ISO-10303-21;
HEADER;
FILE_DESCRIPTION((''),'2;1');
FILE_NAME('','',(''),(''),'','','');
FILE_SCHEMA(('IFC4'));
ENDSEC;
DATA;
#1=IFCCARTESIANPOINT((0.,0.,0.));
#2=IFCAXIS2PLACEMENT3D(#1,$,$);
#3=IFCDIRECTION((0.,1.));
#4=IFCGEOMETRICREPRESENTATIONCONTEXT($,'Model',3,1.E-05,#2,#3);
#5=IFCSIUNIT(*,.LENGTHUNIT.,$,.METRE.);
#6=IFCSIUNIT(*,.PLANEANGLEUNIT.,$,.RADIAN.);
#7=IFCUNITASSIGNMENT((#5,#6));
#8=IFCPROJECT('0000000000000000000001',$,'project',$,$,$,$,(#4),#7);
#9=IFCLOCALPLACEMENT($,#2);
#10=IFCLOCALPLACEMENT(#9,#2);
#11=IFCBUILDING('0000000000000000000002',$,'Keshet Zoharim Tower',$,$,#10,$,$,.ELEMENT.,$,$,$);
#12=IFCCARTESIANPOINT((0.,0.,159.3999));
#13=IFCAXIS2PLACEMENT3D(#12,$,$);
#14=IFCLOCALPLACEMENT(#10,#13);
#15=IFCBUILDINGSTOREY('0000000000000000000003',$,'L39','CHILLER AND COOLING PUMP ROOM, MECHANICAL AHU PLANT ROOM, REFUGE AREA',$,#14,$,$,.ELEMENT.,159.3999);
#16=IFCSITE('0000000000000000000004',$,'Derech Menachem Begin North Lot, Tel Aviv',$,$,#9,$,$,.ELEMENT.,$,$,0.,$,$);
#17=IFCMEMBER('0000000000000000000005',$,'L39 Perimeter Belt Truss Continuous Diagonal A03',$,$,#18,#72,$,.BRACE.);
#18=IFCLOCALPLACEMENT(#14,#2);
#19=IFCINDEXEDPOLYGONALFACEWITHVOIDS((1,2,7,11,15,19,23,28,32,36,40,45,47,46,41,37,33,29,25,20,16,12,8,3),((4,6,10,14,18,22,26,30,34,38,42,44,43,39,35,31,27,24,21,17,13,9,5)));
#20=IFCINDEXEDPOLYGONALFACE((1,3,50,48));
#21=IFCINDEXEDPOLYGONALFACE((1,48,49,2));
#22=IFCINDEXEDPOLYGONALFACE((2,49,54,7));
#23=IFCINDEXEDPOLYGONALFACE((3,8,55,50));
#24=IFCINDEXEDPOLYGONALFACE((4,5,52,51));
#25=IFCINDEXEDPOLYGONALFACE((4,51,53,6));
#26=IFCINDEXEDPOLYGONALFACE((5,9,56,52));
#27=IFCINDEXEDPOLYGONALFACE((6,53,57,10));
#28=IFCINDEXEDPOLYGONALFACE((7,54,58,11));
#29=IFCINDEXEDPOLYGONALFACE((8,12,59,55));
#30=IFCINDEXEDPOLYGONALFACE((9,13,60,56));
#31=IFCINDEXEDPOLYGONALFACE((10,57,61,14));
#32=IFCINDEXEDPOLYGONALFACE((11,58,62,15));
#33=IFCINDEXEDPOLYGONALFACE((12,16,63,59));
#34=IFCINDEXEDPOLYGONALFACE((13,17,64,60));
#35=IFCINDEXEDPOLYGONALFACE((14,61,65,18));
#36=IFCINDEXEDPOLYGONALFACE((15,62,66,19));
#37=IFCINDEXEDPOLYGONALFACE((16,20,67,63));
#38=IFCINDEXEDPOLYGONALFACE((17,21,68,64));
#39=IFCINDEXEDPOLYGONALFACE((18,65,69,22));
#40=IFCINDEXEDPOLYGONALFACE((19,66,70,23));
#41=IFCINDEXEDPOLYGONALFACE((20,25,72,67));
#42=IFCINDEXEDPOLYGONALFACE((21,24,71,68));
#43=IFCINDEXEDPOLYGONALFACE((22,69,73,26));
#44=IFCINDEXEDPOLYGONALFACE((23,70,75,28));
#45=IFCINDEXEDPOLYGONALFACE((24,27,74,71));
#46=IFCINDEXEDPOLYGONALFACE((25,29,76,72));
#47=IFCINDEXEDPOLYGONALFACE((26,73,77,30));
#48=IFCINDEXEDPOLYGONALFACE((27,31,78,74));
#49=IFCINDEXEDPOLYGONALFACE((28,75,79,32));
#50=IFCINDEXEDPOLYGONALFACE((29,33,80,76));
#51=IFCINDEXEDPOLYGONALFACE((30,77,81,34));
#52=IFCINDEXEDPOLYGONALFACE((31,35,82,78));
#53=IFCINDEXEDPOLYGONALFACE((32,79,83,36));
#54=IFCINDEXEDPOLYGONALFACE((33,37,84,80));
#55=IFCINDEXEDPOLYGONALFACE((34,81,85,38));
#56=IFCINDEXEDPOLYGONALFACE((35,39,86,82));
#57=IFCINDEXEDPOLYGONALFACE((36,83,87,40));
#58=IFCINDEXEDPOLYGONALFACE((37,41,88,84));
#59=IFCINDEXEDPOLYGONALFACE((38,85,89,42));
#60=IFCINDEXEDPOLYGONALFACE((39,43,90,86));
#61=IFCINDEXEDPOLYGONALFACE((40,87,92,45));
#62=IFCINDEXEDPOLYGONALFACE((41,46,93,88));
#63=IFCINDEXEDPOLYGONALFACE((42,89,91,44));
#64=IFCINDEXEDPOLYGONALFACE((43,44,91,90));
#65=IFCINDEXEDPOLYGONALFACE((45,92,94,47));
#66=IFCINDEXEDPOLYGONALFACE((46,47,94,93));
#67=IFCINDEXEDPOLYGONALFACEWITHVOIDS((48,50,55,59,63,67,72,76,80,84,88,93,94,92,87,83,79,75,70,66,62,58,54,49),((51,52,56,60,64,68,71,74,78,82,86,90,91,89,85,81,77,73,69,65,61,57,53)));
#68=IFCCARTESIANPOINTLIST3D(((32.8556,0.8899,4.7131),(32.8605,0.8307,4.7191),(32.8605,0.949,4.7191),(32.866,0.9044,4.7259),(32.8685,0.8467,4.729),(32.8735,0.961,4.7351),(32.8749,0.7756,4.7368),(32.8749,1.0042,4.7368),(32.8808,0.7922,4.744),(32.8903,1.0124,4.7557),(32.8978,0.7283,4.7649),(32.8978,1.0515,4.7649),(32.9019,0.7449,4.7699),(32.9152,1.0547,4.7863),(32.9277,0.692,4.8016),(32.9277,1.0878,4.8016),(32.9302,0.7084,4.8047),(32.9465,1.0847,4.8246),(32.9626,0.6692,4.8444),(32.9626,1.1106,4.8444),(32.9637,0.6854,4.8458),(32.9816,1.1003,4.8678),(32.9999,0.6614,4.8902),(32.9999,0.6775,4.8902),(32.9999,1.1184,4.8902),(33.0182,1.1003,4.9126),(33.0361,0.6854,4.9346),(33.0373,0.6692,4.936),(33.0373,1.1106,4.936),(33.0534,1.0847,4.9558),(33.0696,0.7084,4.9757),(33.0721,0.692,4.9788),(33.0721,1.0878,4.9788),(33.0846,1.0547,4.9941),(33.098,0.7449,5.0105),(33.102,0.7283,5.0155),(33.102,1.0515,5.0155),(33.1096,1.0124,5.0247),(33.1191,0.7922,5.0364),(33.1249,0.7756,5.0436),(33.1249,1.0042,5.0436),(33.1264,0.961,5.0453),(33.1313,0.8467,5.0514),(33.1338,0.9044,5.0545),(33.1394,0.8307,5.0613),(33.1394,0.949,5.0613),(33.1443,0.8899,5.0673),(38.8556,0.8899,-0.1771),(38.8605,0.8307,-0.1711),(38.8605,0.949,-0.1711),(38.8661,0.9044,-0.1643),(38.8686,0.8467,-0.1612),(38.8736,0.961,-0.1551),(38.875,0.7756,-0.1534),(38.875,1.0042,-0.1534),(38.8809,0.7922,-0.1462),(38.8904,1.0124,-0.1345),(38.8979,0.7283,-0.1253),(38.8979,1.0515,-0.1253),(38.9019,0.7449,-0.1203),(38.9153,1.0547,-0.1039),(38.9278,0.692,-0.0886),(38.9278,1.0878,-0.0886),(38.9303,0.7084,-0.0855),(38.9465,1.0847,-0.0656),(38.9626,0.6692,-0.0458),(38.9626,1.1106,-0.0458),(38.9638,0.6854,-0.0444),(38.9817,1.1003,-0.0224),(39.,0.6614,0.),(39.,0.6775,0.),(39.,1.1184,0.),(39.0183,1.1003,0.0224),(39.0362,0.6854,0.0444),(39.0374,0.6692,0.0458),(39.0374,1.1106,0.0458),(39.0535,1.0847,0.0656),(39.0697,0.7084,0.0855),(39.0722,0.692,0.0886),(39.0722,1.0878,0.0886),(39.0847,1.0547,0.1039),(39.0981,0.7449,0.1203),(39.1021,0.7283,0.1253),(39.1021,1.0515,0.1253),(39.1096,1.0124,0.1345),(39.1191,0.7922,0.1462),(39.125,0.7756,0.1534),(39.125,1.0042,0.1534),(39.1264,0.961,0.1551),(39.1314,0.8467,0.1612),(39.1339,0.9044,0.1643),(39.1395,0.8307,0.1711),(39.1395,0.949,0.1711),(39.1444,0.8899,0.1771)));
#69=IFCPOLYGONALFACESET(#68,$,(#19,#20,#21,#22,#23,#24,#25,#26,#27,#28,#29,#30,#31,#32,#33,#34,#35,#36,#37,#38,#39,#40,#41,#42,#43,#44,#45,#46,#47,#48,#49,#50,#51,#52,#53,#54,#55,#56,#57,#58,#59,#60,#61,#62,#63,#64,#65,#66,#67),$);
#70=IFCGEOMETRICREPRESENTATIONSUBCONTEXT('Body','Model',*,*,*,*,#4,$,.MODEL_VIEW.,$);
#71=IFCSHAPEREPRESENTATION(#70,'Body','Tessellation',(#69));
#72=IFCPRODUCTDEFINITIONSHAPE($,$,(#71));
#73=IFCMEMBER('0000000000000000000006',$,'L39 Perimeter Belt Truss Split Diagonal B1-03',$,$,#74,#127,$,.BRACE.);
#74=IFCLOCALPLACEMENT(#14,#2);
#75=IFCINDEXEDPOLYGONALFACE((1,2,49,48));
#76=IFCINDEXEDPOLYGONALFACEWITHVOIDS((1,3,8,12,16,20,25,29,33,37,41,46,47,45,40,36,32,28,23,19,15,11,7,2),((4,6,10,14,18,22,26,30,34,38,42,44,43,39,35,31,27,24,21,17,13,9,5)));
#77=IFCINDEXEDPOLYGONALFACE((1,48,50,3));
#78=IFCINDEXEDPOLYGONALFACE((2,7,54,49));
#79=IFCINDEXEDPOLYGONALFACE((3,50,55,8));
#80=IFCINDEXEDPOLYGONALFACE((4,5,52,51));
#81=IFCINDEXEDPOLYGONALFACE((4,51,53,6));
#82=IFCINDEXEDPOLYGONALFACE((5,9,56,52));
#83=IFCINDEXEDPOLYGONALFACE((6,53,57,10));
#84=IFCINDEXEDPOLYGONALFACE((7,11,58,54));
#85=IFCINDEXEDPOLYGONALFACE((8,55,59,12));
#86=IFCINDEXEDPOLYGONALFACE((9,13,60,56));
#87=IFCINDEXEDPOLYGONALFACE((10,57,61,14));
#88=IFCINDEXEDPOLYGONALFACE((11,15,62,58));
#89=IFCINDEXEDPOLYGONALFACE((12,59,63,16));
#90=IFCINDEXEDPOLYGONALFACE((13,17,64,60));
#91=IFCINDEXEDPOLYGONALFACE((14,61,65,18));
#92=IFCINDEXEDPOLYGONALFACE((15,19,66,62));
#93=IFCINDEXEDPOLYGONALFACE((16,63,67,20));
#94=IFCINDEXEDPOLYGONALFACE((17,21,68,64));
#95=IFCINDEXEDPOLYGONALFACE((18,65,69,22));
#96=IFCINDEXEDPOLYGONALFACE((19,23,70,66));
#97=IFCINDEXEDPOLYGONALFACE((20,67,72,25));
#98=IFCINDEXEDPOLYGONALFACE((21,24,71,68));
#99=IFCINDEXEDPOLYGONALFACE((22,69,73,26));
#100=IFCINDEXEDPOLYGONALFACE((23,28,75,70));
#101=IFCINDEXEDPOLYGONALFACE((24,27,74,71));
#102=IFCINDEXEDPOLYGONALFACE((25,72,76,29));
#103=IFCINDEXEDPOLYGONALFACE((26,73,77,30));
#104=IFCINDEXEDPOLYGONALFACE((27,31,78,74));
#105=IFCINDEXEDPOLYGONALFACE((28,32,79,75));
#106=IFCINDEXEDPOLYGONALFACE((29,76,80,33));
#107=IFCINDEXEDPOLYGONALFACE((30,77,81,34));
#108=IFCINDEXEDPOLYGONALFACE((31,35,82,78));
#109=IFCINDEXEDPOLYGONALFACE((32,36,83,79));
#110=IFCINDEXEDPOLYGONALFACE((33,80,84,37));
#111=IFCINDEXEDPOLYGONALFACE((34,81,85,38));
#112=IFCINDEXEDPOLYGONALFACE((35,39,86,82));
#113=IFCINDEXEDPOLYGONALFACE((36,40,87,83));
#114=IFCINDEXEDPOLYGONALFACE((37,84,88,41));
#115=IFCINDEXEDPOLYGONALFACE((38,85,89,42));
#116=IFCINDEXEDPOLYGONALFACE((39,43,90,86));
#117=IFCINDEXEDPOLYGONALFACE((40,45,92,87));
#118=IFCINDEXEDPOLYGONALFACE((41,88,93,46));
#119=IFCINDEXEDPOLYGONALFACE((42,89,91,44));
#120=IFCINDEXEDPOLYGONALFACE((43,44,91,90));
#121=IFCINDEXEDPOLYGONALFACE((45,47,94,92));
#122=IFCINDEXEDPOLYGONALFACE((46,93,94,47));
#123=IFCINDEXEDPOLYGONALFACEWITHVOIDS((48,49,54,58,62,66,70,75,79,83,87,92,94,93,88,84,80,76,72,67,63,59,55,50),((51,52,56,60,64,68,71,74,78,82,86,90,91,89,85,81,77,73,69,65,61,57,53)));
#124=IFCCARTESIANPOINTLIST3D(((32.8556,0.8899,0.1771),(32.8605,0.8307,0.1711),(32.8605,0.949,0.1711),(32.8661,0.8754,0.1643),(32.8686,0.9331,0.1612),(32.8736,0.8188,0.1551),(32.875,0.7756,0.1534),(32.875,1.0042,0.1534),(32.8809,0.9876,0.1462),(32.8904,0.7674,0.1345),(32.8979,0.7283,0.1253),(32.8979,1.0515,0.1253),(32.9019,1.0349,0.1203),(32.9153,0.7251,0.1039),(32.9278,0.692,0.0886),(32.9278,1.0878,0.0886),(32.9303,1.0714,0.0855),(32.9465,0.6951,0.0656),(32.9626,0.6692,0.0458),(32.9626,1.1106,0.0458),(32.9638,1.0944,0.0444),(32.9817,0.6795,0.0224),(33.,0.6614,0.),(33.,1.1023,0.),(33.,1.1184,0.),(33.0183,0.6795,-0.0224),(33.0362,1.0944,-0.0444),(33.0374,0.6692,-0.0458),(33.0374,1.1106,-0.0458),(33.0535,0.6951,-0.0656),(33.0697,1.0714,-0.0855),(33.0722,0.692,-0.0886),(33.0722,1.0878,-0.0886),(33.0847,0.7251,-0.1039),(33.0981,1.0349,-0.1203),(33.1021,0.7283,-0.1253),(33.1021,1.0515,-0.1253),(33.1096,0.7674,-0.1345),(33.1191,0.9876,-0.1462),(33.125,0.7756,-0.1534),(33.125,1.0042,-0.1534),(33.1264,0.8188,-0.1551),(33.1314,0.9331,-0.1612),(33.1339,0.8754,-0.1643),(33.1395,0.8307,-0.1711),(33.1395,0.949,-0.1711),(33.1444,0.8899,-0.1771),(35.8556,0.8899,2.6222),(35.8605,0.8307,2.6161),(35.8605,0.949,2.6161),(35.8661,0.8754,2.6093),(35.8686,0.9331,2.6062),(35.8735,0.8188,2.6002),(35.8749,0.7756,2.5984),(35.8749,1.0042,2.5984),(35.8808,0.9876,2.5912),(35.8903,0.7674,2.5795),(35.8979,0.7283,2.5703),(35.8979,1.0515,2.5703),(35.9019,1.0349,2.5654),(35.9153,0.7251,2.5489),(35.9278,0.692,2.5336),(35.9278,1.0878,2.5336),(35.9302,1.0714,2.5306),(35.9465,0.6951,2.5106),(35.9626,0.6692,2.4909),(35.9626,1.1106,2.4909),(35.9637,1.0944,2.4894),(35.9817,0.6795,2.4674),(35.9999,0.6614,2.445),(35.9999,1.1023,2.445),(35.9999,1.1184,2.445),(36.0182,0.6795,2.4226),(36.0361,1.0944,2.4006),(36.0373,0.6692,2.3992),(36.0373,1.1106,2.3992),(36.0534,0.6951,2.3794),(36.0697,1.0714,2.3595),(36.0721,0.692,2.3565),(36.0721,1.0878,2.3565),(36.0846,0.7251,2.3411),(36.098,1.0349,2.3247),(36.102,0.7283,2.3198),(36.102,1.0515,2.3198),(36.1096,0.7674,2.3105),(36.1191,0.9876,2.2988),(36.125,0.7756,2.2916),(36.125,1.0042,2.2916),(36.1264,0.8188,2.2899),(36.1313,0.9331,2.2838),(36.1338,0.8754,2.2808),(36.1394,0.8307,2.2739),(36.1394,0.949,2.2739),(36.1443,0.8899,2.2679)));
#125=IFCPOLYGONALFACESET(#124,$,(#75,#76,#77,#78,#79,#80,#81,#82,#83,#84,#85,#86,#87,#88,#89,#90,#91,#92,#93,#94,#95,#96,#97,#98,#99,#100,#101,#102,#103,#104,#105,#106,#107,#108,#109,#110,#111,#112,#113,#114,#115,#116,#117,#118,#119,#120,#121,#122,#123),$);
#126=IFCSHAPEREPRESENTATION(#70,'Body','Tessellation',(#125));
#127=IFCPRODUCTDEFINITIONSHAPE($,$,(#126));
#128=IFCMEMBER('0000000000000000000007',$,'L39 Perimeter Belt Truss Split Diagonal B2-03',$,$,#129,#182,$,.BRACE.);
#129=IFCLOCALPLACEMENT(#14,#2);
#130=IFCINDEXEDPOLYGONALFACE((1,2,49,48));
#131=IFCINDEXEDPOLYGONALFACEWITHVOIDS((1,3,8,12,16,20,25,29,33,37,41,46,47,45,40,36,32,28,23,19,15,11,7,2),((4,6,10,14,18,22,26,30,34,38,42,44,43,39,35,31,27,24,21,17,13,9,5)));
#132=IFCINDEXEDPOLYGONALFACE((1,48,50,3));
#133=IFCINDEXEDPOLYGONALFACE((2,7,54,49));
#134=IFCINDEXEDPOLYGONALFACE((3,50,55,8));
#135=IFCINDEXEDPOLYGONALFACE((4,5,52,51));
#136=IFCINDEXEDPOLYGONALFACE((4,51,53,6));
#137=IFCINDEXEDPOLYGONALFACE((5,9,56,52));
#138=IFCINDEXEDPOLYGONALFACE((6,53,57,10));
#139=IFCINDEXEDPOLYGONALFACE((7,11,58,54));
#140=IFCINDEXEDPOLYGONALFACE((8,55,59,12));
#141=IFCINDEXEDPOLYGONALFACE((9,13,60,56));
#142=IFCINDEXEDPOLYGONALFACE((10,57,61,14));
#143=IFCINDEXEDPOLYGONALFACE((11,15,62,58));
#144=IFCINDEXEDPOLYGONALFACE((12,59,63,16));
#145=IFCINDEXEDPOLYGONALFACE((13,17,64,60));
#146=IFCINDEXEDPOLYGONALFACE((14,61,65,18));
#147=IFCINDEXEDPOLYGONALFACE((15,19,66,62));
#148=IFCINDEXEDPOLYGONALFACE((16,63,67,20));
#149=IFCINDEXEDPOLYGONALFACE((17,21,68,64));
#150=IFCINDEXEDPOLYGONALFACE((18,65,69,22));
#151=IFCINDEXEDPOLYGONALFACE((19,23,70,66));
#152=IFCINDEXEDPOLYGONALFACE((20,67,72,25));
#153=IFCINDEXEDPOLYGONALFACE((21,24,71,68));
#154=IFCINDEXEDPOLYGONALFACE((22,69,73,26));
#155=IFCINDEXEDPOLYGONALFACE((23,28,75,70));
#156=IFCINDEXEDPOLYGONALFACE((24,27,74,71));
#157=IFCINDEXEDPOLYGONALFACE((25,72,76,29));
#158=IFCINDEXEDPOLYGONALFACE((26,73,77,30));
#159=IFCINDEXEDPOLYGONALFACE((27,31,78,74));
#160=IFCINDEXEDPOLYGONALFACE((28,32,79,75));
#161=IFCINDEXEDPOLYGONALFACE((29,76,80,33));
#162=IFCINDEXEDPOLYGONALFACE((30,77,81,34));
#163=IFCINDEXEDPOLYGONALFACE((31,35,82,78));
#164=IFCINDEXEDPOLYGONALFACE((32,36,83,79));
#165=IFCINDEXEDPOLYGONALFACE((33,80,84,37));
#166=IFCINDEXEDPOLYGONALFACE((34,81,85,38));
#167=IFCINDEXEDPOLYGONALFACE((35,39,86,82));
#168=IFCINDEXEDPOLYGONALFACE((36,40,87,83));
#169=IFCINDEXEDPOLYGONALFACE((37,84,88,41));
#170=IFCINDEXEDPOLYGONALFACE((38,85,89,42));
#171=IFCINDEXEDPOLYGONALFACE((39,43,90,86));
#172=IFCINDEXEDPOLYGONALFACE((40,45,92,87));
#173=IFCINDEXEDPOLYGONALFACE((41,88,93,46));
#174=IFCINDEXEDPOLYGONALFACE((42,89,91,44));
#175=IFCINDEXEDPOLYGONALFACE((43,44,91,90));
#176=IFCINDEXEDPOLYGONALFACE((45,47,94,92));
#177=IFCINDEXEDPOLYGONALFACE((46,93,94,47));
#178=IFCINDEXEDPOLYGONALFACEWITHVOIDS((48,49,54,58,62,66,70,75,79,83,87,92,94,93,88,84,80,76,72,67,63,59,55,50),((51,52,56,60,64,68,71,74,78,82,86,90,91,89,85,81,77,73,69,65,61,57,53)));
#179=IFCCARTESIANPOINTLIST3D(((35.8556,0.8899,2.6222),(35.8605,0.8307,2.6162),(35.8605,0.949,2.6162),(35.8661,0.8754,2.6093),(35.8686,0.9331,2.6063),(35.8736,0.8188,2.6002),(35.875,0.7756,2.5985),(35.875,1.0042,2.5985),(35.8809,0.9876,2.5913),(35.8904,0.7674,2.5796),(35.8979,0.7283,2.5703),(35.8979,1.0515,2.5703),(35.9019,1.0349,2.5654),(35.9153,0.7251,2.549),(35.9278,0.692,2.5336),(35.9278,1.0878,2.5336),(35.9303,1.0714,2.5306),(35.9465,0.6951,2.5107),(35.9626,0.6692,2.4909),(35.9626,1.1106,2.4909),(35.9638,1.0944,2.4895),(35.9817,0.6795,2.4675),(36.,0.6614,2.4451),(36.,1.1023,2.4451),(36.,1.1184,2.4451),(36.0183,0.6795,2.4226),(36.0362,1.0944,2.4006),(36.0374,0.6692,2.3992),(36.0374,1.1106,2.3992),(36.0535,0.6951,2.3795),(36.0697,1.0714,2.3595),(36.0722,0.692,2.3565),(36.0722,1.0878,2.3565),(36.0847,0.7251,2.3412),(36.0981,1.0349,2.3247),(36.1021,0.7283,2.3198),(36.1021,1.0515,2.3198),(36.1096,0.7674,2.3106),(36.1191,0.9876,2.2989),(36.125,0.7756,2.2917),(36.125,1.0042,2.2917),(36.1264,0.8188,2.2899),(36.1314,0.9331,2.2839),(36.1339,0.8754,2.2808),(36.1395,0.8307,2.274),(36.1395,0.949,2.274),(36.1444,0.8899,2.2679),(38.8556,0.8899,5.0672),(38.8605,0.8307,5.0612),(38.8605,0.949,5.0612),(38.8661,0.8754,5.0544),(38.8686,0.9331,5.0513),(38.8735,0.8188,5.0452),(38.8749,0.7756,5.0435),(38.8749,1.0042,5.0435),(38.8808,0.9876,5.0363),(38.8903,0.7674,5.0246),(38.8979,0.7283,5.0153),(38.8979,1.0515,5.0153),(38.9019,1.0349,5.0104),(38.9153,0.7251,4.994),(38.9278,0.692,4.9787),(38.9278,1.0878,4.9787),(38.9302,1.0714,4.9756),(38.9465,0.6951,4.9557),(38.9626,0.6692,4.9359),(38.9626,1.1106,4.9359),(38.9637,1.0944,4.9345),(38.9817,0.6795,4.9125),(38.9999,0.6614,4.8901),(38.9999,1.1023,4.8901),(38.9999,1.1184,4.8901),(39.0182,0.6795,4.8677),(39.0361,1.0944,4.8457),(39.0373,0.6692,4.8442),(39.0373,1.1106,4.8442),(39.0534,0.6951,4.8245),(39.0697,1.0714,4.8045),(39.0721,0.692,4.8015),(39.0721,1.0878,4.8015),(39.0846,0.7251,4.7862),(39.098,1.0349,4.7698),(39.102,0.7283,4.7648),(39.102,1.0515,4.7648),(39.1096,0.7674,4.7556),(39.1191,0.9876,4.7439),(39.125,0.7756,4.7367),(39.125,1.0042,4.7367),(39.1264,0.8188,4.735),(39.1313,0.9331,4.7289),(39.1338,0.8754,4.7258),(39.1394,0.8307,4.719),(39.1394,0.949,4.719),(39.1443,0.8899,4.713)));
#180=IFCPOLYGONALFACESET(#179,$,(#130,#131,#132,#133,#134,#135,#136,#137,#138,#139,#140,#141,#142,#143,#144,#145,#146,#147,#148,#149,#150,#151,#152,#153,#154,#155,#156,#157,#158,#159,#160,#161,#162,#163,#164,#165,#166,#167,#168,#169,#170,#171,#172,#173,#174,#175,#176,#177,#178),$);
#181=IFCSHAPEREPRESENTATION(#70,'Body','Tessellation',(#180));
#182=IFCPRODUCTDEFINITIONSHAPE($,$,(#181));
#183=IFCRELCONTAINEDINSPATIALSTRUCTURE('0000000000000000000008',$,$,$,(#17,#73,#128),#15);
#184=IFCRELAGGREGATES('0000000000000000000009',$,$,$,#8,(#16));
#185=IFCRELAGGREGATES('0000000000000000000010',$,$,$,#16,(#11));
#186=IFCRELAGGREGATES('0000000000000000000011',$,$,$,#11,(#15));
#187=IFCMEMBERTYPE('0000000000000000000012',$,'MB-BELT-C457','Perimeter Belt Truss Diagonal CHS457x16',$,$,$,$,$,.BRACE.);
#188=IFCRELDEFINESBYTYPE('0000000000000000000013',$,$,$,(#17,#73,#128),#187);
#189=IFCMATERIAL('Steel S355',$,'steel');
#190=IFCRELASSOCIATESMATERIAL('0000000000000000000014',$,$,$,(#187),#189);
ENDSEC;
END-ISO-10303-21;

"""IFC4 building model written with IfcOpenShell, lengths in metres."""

from ifc_helpers import new_model, si_unit, direction, frame, origin, origin_2d, place, context, subcontext, project, spatial, hollow_circle, extrude, material, material_profile, profile_set, type_object, element, save


model = new_model("IFC4")

# Units and contexts
model_context = context("Model", 3, precision=1e-05, world=origin(), true_north=direction((0.0, 1.0)))
body_context = subcontext(model_context, "Body", "Model", "MODEL_VIEW")
ifc_project = project(units=[si_unit("LENGTHUNIT", "METRE"), si_unit("PLANEANGLEUNIT", "RADIAN")], contexts=[model_context])

# Site, building, storey
site_placement = place(None, origin())
site = spatial("IfcSite", under=ifc_project, at=site_placement, Name="Derech Menachem Begin North Lot, Tel Aviv", CompositionType="ELEMENT", RefElevation=0.0)
building_placement = place(site_placement, origin())
building = spatial("IfcBuilding", under=site, at=building_placement, Name="Keshet Zoharim Tower", CompositionType="ELEMENT")
storey_placement = place(building_placement, frame((0.0, 0.0, 159.3999)))
storey = spatial("IfcBuildingStorey", under=building, at=storey_placement, Name="L39", Description="CHILLER AND COOLING PUMP ROOM, MECHANICAL AHU PLANT ROOM, REFUGE AREA", CompositionType="ELEMENT", Elevation=159.3999)

# Shared definitions
ifc_material_1 = material(Name="Steel S355", Category="steel")

# Members
ifc_material_profile_1 = material_profile(ifc_material_1, hollow_circle(Radius=0.2285, WallThickness=0.0161, at=origin_2d()), Name="CHS457x16")
ifc_profile_set_1 = profile_set([ifc_material_profile_1], Name="Steel S355")
member_type_1 = type_object("IfcMemberType", Name="MB-BELT-C457", Description="Perimeter Belt Truss Diagonal CHS457x16", PredefinedType="BRACE", material=ifc_profile_set_1)
member_1_placement = place(storey_placement, frame((39.0, 0.8899, 0.0), z_axis=(-0.775156, 0.0, 0.63177), x_axis=(0.0, -1.0, 0.0)))
element("IfcMember", 1, at=member_1_placement, inside=storey, type_object=member_type_1, Name="L39 Perimeter Belt Truss Continuous Diagonal A03", PredefinedType="BRACE", context=body_context, shape_type="SweptSolid", body=[
    extrude(hollow_circle(Radius=0.2285, WallThickness=0.0161, at=origin_2d()), origin(), (0.0, 0.0, 1.0), 7.7405),
])
for number, where, z_axis, x_axis, name in (
    (2, (33.0, 0.8899, 0.0), (0.775156, 0.0, 0.63177), (0.0, 1.0, 0.0), "L39 Perimeter Belt Truss Split Diagonal B1-03"),
    (3, (36.0, 0.8899, 2.4451), (0.775156, 0.0, 0.63177), (0.0, 1.0, 0.0), "L39 Perimeter Belt Truss Split Diagonal B2-03"),
):
    element("IfcMember", number, at=place(storey_placement, frame(where, z_axis=z_axis, x_axis=x_axis)), inside=storey, type_object=member_type_1, Name=name, PredefinedType="BRACE", context=body_context, shape_type="SweptSolid", body=[
        extrude(hollow_circle(Radius=0.2285, WallThickness=0.0161, at=origin_2d()), origin(), (0.0, 0.0, 1.0), 3.8701),
    ])

save(model, "model.ifc")
